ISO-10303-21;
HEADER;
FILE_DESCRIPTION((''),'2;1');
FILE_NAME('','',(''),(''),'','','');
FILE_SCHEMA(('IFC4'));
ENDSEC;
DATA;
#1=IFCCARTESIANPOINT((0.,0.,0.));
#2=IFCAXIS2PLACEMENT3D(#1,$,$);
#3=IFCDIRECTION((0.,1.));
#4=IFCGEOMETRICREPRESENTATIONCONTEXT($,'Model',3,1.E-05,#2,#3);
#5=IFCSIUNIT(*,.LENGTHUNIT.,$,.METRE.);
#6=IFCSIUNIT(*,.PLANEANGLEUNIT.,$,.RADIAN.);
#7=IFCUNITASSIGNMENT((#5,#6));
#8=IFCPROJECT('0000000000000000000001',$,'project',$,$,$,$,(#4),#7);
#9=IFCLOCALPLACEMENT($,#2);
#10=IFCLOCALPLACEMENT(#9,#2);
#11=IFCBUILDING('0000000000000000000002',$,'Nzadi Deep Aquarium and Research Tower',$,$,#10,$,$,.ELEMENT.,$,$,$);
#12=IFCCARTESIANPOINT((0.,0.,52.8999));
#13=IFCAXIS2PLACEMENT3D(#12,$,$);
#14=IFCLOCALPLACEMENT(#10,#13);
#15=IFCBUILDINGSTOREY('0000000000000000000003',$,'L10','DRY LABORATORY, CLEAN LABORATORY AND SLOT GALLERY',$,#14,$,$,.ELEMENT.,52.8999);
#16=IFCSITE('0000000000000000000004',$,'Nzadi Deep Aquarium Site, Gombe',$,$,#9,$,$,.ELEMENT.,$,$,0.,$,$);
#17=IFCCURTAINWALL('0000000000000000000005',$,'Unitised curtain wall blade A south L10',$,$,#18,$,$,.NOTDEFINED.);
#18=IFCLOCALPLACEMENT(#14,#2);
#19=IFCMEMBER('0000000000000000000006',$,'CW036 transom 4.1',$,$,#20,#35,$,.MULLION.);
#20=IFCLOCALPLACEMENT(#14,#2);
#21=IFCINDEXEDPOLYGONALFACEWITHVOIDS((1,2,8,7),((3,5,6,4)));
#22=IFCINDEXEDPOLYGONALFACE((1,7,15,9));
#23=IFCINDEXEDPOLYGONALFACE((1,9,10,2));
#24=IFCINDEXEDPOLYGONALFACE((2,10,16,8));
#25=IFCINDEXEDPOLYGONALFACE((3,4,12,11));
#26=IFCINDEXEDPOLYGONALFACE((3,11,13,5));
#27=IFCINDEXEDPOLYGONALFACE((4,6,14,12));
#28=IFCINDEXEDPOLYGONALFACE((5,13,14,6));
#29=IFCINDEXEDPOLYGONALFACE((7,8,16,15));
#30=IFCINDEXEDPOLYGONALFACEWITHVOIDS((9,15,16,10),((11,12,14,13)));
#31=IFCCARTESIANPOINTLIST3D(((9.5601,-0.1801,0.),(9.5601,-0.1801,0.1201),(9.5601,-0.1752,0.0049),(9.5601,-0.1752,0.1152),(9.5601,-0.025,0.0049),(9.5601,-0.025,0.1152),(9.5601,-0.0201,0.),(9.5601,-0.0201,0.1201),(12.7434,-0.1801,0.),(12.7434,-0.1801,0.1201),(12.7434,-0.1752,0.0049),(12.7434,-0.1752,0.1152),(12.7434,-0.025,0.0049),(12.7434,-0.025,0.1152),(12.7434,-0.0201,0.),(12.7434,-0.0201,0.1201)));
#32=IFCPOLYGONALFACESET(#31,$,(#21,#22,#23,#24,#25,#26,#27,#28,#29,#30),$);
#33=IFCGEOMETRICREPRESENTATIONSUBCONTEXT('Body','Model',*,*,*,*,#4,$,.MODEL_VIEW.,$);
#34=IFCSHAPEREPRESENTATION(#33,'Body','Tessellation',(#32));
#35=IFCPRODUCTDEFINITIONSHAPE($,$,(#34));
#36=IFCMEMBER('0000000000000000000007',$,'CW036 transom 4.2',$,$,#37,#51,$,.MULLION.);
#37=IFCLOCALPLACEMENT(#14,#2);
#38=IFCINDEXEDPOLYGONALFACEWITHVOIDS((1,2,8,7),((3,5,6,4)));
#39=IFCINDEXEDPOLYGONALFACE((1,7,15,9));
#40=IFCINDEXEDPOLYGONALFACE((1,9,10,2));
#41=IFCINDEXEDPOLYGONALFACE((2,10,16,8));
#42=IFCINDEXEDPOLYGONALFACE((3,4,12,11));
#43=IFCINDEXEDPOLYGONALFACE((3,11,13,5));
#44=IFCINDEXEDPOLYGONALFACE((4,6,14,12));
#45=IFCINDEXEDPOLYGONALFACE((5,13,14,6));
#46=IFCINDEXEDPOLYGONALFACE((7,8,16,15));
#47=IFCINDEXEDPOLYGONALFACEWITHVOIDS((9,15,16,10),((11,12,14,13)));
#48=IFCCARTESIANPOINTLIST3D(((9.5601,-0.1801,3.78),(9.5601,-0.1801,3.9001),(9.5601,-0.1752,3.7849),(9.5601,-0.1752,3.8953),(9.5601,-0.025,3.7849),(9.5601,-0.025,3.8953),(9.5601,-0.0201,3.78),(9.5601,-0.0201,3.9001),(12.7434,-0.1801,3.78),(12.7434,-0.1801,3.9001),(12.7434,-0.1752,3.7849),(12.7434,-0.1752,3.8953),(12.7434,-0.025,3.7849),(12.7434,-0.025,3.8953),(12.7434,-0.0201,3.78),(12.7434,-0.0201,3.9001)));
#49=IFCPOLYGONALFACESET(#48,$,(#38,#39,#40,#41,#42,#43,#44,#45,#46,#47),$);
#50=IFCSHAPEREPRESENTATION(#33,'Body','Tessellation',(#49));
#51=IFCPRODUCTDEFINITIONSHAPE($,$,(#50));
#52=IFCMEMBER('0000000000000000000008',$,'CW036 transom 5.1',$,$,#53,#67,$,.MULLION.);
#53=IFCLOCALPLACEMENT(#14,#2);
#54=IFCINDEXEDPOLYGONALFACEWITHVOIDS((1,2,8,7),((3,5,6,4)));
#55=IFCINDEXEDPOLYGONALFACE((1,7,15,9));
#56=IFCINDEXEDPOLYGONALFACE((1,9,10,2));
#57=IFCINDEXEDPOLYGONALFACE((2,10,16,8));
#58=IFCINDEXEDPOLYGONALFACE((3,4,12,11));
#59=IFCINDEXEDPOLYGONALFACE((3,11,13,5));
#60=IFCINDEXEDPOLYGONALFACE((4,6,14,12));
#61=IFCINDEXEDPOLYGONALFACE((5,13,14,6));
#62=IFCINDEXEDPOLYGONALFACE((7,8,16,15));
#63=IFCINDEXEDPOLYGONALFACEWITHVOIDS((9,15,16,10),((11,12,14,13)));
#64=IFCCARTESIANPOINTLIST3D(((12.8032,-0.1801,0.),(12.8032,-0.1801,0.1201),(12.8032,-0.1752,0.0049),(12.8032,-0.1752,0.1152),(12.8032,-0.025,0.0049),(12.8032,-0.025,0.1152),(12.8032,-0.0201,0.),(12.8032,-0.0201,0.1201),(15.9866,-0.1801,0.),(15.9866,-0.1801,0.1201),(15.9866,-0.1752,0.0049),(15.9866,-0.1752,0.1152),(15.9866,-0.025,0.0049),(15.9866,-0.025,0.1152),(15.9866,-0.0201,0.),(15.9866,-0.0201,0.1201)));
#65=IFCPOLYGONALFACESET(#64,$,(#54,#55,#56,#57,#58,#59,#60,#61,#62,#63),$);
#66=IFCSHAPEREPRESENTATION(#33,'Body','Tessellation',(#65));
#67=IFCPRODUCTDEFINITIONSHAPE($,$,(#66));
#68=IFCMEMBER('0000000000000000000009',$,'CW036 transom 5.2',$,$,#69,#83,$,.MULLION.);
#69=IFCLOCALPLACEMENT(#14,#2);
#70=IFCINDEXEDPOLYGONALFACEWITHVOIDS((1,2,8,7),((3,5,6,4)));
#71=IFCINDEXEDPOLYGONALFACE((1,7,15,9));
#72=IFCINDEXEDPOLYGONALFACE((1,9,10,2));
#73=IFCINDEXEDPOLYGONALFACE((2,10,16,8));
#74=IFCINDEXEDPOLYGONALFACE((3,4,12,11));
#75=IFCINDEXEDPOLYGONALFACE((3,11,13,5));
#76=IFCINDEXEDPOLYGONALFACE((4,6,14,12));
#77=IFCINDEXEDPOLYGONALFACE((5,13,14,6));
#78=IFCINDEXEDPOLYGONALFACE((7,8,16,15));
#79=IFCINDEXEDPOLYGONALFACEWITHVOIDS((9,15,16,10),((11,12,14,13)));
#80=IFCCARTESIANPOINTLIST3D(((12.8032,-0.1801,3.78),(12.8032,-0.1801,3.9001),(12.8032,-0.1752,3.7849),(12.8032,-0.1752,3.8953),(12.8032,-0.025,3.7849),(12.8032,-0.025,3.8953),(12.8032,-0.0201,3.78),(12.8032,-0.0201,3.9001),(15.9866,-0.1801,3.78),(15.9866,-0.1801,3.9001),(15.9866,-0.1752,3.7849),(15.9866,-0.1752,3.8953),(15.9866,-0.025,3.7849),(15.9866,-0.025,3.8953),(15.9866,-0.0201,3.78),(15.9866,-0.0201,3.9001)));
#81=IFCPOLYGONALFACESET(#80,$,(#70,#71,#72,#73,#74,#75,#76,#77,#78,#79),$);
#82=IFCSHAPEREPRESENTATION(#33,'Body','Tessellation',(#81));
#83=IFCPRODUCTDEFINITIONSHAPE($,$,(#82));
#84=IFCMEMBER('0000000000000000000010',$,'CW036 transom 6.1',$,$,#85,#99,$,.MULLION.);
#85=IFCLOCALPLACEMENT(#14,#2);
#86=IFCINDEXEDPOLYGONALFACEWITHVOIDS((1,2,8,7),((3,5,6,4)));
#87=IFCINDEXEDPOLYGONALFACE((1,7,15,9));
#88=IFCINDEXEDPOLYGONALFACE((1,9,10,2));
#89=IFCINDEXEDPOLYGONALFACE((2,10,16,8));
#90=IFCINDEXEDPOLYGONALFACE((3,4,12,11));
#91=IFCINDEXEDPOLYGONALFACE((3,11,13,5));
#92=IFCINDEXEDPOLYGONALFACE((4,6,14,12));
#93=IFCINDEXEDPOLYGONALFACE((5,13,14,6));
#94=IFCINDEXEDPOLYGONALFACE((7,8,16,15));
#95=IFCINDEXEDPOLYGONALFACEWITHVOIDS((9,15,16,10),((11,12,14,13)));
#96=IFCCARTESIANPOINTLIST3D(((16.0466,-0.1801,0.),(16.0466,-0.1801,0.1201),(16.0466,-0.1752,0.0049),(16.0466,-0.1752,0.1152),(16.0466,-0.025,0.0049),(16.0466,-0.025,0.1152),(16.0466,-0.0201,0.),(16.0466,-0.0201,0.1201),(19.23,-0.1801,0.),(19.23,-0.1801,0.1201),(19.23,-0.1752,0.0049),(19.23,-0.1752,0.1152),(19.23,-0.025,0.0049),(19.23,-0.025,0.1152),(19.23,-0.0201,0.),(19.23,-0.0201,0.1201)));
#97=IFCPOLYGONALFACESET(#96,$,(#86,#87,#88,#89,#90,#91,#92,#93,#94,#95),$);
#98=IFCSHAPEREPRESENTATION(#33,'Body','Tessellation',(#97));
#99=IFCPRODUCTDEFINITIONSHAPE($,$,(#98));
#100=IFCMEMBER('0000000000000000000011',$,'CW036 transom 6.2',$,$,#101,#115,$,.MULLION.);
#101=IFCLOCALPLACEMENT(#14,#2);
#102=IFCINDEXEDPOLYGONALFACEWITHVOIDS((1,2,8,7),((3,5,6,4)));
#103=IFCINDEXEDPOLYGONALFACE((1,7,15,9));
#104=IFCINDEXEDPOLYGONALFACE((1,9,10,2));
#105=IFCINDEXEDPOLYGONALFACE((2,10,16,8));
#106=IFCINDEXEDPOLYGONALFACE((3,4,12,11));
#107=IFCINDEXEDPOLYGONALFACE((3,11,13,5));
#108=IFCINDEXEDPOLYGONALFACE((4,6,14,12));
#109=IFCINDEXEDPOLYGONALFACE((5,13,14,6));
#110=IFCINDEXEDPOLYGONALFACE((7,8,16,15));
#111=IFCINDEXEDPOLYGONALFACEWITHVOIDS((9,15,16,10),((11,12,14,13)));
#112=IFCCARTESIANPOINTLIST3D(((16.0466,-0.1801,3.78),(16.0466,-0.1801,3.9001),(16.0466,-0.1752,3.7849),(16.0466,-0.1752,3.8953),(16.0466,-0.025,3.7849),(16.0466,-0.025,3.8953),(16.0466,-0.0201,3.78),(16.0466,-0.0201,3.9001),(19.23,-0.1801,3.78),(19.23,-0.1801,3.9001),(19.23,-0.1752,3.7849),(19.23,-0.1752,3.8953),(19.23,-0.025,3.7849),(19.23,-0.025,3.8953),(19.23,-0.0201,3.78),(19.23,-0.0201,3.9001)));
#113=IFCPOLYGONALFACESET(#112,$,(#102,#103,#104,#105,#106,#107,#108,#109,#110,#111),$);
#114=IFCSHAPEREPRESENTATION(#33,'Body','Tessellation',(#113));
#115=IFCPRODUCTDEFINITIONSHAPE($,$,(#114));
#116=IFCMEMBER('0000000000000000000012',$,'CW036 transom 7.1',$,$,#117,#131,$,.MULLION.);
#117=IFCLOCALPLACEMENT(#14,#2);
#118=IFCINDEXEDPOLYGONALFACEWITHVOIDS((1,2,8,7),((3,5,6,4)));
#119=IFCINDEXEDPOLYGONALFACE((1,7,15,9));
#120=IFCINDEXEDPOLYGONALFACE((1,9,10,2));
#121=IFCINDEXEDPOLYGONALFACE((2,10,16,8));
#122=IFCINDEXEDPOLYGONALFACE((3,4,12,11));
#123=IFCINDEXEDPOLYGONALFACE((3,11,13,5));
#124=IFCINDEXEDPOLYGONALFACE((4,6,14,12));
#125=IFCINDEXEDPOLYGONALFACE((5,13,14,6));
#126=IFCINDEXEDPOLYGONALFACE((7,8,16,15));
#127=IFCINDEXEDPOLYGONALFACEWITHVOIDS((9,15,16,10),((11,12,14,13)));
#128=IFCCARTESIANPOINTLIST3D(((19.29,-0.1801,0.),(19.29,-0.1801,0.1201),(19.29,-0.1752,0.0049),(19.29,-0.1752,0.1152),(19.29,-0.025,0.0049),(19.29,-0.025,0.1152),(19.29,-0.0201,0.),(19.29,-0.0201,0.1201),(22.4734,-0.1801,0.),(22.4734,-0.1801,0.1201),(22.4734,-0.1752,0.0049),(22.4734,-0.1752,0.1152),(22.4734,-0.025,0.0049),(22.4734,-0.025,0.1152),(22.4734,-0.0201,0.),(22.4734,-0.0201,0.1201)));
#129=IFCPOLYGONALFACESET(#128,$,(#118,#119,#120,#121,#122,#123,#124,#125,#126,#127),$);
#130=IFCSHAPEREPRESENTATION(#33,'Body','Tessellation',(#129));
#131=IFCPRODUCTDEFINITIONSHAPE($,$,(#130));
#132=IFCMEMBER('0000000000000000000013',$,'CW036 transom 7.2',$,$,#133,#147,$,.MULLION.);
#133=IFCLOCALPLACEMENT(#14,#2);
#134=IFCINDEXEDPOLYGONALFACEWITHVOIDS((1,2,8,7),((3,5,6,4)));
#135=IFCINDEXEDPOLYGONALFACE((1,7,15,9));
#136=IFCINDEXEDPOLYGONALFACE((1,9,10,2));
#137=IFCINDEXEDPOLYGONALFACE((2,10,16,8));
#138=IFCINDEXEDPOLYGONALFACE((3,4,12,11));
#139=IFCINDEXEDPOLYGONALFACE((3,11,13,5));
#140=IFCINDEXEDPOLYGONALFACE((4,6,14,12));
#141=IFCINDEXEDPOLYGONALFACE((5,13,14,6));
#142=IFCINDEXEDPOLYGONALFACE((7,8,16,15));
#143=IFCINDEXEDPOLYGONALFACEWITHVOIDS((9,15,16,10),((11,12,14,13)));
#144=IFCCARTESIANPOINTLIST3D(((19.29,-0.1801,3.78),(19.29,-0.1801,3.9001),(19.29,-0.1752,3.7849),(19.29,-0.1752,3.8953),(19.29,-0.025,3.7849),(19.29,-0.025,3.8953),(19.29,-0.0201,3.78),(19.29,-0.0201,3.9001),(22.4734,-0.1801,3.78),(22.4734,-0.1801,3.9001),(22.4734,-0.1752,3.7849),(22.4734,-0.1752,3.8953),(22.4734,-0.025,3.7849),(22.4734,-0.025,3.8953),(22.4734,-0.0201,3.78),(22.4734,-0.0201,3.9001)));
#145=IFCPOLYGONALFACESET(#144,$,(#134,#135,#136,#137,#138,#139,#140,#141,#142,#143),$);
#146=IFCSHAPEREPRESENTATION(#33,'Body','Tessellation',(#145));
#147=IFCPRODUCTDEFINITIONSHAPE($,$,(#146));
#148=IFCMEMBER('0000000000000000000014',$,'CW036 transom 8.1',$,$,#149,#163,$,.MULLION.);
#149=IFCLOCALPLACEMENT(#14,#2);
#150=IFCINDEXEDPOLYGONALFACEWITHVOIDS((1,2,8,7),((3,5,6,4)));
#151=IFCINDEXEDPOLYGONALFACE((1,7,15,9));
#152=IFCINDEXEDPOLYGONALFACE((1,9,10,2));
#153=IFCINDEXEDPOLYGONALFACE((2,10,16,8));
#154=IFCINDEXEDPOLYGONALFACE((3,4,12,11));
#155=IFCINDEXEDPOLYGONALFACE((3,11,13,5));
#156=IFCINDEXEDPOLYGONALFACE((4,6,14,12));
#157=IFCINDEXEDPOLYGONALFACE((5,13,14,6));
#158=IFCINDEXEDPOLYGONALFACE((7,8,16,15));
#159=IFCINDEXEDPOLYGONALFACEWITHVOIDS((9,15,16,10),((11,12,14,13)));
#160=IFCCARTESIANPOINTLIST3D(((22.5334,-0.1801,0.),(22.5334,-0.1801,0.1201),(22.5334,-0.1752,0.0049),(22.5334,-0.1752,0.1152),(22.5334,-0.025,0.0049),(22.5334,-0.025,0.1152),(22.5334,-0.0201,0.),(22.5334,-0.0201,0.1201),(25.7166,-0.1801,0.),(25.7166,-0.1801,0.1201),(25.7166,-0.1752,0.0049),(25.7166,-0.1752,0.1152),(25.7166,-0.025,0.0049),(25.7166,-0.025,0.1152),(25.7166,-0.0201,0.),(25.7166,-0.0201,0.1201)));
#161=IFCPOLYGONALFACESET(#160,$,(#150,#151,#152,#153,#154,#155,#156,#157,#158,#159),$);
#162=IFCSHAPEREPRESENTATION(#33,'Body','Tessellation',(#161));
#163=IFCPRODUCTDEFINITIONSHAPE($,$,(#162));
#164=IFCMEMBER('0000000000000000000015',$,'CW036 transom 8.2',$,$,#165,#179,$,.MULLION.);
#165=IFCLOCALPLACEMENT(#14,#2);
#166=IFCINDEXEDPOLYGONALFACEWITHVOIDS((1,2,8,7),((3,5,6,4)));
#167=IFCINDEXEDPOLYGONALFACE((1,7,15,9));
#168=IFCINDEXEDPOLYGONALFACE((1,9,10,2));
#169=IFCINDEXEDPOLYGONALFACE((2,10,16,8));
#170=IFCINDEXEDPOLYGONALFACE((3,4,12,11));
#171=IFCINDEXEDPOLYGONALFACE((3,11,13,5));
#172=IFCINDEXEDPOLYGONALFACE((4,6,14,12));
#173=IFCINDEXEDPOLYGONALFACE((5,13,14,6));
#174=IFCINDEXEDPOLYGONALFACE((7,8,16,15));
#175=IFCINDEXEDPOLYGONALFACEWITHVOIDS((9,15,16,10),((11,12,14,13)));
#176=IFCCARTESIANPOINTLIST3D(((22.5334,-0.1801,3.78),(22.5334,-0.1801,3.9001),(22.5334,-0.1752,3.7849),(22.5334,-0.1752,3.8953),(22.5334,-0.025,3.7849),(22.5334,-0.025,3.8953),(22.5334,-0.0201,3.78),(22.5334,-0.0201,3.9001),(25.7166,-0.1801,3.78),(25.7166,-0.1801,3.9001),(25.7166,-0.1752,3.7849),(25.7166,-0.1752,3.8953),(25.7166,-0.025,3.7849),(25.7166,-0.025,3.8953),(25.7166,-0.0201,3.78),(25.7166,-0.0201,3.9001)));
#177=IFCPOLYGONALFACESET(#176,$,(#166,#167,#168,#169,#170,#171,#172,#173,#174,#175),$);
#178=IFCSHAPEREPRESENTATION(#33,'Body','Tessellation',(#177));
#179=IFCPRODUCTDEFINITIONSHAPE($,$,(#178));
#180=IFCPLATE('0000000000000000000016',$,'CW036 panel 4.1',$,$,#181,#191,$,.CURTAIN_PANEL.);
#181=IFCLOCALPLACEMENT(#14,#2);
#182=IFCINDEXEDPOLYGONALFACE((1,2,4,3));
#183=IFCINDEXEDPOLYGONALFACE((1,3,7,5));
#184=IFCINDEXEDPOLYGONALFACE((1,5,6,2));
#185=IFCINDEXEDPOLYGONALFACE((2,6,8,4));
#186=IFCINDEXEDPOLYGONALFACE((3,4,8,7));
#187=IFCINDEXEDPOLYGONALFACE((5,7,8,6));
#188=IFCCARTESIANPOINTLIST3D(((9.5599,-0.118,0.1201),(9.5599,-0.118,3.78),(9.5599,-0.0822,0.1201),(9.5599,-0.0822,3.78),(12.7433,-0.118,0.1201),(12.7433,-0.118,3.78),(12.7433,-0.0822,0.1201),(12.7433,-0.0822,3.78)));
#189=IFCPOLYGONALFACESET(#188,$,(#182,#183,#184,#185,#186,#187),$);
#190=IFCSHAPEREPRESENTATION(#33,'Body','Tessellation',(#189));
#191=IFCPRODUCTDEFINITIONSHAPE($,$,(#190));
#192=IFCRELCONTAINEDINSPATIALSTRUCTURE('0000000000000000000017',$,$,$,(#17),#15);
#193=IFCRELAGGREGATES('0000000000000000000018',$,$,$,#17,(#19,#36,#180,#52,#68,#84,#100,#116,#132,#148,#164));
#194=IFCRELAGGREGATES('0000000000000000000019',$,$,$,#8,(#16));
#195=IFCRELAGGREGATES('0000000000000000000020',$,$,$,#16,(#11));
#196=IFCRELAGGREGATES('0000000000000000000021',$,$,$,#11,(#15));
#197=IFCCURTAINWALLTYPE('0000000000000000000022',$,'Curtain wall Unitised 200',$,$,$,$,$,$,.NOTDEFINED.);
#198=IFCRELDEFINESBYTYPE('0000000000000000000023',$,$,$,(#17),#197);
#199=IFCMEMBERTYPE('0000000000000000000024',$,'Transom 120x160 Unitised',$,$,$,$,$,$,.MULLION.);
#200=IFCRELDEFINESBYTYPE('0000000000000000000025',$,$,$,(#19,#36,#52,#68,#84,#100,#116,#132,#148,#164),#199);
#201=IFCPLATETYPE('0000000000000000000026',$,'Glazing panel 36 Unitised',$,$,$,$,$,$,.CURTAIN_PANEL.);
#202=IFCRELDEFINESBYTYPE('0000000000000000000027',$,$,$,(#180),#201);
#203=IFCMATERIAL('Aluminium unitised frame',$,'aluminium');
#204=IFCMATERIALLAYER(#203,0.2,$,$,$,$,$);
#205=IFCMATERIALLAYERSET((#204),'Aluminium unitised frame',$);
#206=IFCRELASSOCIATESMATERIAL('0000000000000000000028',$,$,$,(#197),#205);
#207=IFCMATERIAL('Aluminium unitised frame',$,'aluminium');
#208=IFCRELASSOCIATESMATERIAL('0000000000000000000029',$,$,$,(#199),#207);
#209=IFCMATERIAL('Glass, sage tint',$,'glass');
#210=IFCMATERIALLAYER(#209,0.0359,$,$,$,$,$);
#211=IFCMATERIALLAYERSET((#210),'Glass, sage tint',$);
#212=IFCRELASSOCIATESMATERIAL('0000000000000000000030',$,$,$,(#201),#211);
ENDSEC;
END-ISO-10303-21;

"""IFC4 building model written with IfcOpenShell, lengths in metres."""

from ifc_helpers import new_model, si_unit, direction, frame, origin, origin_2d, place, context, subcontext, project, spatial, rectangle, hollow_rectangle, extrude, material, layer, layer_set, material_profile, profile_set, type_object, element, aggregate, save


model = new_model("IFC4")

# Units and contexts
model_context = context("Model", 3, precision=1e-05, world=origin(), true_north=direction((0.0, 1.0)))
body_context = subcontext(model_context, "Body", "Model", "MODEL_VIEW")
ifc_project = project(units=[si_unit("LENGTHUNIT", "METRE"), si_unit("PLANEANGLEUNIT", "RADIAN")], contexts=[model_context])

# Site, building, storey
site_placement = place(None, origin())
site = spatial("IfcSite", under=ifc_project, at=site_placement, Name="Nzadi Deep Aquarium Site, Gombe", CompositionType="ELEMENT", RefElevation=0.0)
building_placement = place(site_placement, origin())
building = spatial("IfcBuilding", under=site, at=building_placement, Name="Nzadi Deep Aquarium and Research Tower", CompositionType="ELEMENT")
storey_placement = place(building_placement, frame((0.0, 0.0, 52.8999)))
storey = spatial("IfcBuildingStorey", under=building, at=storey_placement, Name="L10", Description="DRY LABORATORY, CLEAN LABORATORY AND SLOT GALLERY", CompositionType="ELEMENT", Elevation=52.8999)

# Curtain wall
ifc_material_1 = material(Name="Aluminium unitised frame", Category="aluminium")
ifc_layer_1 = layer(ifc_material_1, 0.2)
ifc_layer_set_1 = layer_set([ifc_layer_1], Name="Aluminium unitised frame")
curtain_wall_type = type_object("IfcCurtainWallType", Name="Curtain wall Unitised 200", PredefinedType="NOTDEFINED", material=ifc_layer_set_1)
curtain_wall_placement = place(storey_placement, origin())
curtain_wall = element("IfcCurtainWall", 1, at=curtain_wall_placement, inside=storey, type_object=curtain_wall_type, Name="Unitised curtain wall blade A south L10", PredefinedType="NOTDEFINED")

# Members
ifc_material_2 = material(Name="Aluminium unitised frame", Category="aluminium")
ifc_material_profile_1 = material_profile(ifc_material_2, hollow_rectangle(XDim=0.1599, YDim=0.1201, WallThickness=0.0049, at=origin_2d()))
ifc_profile_set_1 = profile_set([ifc_material_profile_1], Name="Aluminium unitised frame")
member_type_1 = type_object("IfcMemberType", Name="Transom 120x160 Unitised", PredefinedType="MULLION", material=ifc_profile_set_1)
member_1_placement = place(storey_placement, frame((9.5601, -0.1001, 0.0601), z_axis=(1.0, 0.0, 0.0), x_axis=(0.0, 1.0, 0.0)))
member_1 = element("IfcMember", 2, at=member_1_placement, type_object=member_type_1, Name="CW036 transom 4.1", PredefinedType="MULLION", context=body_context, shape_type="SweptSolid", body=[
    extrude(hollow_rectangle(XDim=0.1599, YDim=0.1201, WallThickness=0.0049, at=origin_2d()), origin(), (0.0, 0.0, 1.0), 3.1833),
])
member_2_placement = place(storey_placement, frame((9.5601, -0.1001, 3.8401), z_axis=(1.0, 0.0, 0.0), x_axis=(0.0, 1.0, 0.0)))
member_2 = element("IfcMember", 3, at=member_2_placement, type_object=member_type_1, Name="CW036 transom 4.2", PredefinedType="MULLION", context=body_context, shape_type="SweptSolid", body=[
    extrude(hollow_rectangle(XDim=0.1599, YDim=0.1201, WallThickness=0.0049, at=origin_2d()), origin(), (0.0, 0.0, 1.0), 3.1833),
])
member_3_placement = place(storey_placement, frame((12.8032, -0.1001, 0.0601), z_axis=(1.0, 0.0, 0.0), x_axis=(0.0, 1.0, 0.0)))
member_3 = element("IfcMember", 4, at=member_3_placement, type_object=member_type_1, Name="CW036 transom 5.1", PredefinedType="MULLION", context=body_context, shape_type="SweptSolid", body=[
    extrude(hollow_rectangle(XDim=0.1599, YDim=0.1201, WallThickness=0.0049, at=origin_2d()), origin(), (0.0, 0.0, 1.0), 3.1833),
])
member_4_placement = place(storey_placement, frame((12.8032, -0.1001, 3.8401), z_axis=(1.0, 0.0, 0.0), x_axis=(0.0, 1.0, 0.0)))
member_4 = element("IfcMember", 5, at=member_4_placement, type_object=member_type_1, Name="CW036 transom 5.2", PredefinedType="MULLION", context=body_context, shape_type="SweptSolid", body=[
    extrude(hollow_rectangle(XDim=0.1599, YDim=0.1201, WallThickness=0.0049, at=origin_2d()), origin(), (0.0, 0.0, 1.0), 3.1833),
])
member_5_placement = place(storey_placement, frame((16.0466, -0.1001, 0.0601), z_axis=(1.0, 0.0, 0.0), x_axis=(0.0, 1.0, 0.0)))
member_5 = element("IfcMember", 6, at=member_5_placement, type_object=member_type_1, Name="CW036 transom 6.1", PredefinedType="MULLION", context=body_context, shape_type="SweptSolid", body=[
    extrude(hollow_rectangle(XDim=0.1599, YDim=0.1201, WallThickness=0.0049, at=origin_2d()), origin(), (0.0, 0.0, 1.0), 3.1833),
])
member_6_placement = place(storey_placement, frame((16.0466, -0.1001, 3.8401), z_axis=(1.0, 0.0, 0.0), x_axis=(0.0, 1.0, 0.0)))
member_6 = element("IfcMember", 7, at=member_6_placement, type_object=member_type_1, Name="CW036 transom 6.2", PredefinedType="MULLION", context=body_context, shape_type="SweptSolid", body=[
    extrude(hollow_rectangle(XDim=0.1599, YDim=0.1201, WallThickness=0.0049, at=origin_2d()), origin(), (0.0, 0.0, 1.0), 3.1833),
])
member_7_placement = place(storey_placement, frame((19.29, -0.1001, 0.0601), z_axis=(1.0, 0.0, 0.0), x_axis=(0.0, 1.0, 0.0)))
member_7 = element("IfcMember", 8, at=member_7_placement, type_object=member_type_1, Name="CW036 transom 7.1", PredefinedType="MULLION", context=body_context, shape_type="SweptSolid", body=[
    extrude(hollow_rectangle(XDim=0.1599, YDim=0.1201, WallThickness=0.0049, at=origin_2d()), origin(), (0.0, 0.0, 1.0), 3.1833),
])
member_8_placement = place(storey_placement, frame((19.29, -0.1001, 3.8401), z_axis=(1.0, 0.0, 0.0), x_axis=(0.0, 1.0, 0.0)))
member_8 = element("IfcMember", 9, at=member_8_placement, type_object=member_type_1, Name="CW036 transom 7.2", PredefinedType="MULLION", context=body_context, shape_type="SweptSolid", body=[
    extrude(hollow_rectangle(XDim=0.1599, YDim=0.1201, WallThickness=0.0049, at=origin_2d()), origin(), (0.0, 0.0, 1.0), 3.1833),
])
member_9_placement = place(storey_placement, frame((22.5334, -0.1001, 0.0601), z_axis=(1.0, 0.0, 0.0), x_axis=(0.0, 1.0, 0.0)))
member_9 = element("IfcMember", 10, at=member_9_placement, type_object=member_type_1, Name="CW036 transom 8.1", PredefinedType="MULLION", context=body_context, shape_type="SweptSolid", body=[
    extrude(hollow_rectangle(XDim=0.1599, YDim=0.1201, WallThickness=0.0049, at=origin_2d()), origin(), (0.0, 0.0, 1.0), 3.1831),
])
member_10_placement = place(storey_placement, frame((22.5334, -0.1001, 3.8401), z_axis=(1.0, 0.0, 0.0), x_axis=(0.0, 1.0, 0.0)))
member_10 = element("IfcMember", 11, at=member_10_placement, type_object=member_type_1, Name="CW036 transom 8.2", PredefinedType="MULLION", context=body_context, shape_type="SweptSolid", body=[
    extrude(hollow_rectangle(XDim=0.1599, YDim=0.1201, WallThickness=0.0049, at=origin_2d()), origin(), (0.0, 0.0, 1.0), 3.1831),
])

# Plate
ifc_material_3 = material(Name="Glass, sage tint", Category="glass")
ifc_layer_2 = layer(ifc_material_3, 0.0359)
ifc_layer_set_2 = layer_set([ifc_layer_2], Name="Glass, sage tint")
plate_type = type_object("IfcPlateType", Name="Glazing panel 36 Unitised", PredefinedType="CURTAIN_PANEL", material=ifc_layer_set_2)
plate_1_placement = place(storey_placement, frame((11.1516, -0.1001, 0.1201), z_axis=(0.0, 0.0, 1.0), x_axis=(1.0, 0.0, 0.0)))
plate_1 = element("IfcPlate", 12, at=plate_1_placement, type_object=plate_type, Name="CW036 panel 4.1", PredefinedType="CURTAIN_PANEL", context=body_context, shape_type="SweptSolid", body=[
    extrude(rectangle(XDim=3.1833, YDim=0.0359, at=origin_2d()), origin(), (0.0, 0.0, 1.0), 3.6599),
])
aggregate(curtain_wall, [member_1, member_2, plate_1, member_3, member_4, member_5, member_6, member_7, member_8, member_9, member_10])

save(model, "model.ifc")
